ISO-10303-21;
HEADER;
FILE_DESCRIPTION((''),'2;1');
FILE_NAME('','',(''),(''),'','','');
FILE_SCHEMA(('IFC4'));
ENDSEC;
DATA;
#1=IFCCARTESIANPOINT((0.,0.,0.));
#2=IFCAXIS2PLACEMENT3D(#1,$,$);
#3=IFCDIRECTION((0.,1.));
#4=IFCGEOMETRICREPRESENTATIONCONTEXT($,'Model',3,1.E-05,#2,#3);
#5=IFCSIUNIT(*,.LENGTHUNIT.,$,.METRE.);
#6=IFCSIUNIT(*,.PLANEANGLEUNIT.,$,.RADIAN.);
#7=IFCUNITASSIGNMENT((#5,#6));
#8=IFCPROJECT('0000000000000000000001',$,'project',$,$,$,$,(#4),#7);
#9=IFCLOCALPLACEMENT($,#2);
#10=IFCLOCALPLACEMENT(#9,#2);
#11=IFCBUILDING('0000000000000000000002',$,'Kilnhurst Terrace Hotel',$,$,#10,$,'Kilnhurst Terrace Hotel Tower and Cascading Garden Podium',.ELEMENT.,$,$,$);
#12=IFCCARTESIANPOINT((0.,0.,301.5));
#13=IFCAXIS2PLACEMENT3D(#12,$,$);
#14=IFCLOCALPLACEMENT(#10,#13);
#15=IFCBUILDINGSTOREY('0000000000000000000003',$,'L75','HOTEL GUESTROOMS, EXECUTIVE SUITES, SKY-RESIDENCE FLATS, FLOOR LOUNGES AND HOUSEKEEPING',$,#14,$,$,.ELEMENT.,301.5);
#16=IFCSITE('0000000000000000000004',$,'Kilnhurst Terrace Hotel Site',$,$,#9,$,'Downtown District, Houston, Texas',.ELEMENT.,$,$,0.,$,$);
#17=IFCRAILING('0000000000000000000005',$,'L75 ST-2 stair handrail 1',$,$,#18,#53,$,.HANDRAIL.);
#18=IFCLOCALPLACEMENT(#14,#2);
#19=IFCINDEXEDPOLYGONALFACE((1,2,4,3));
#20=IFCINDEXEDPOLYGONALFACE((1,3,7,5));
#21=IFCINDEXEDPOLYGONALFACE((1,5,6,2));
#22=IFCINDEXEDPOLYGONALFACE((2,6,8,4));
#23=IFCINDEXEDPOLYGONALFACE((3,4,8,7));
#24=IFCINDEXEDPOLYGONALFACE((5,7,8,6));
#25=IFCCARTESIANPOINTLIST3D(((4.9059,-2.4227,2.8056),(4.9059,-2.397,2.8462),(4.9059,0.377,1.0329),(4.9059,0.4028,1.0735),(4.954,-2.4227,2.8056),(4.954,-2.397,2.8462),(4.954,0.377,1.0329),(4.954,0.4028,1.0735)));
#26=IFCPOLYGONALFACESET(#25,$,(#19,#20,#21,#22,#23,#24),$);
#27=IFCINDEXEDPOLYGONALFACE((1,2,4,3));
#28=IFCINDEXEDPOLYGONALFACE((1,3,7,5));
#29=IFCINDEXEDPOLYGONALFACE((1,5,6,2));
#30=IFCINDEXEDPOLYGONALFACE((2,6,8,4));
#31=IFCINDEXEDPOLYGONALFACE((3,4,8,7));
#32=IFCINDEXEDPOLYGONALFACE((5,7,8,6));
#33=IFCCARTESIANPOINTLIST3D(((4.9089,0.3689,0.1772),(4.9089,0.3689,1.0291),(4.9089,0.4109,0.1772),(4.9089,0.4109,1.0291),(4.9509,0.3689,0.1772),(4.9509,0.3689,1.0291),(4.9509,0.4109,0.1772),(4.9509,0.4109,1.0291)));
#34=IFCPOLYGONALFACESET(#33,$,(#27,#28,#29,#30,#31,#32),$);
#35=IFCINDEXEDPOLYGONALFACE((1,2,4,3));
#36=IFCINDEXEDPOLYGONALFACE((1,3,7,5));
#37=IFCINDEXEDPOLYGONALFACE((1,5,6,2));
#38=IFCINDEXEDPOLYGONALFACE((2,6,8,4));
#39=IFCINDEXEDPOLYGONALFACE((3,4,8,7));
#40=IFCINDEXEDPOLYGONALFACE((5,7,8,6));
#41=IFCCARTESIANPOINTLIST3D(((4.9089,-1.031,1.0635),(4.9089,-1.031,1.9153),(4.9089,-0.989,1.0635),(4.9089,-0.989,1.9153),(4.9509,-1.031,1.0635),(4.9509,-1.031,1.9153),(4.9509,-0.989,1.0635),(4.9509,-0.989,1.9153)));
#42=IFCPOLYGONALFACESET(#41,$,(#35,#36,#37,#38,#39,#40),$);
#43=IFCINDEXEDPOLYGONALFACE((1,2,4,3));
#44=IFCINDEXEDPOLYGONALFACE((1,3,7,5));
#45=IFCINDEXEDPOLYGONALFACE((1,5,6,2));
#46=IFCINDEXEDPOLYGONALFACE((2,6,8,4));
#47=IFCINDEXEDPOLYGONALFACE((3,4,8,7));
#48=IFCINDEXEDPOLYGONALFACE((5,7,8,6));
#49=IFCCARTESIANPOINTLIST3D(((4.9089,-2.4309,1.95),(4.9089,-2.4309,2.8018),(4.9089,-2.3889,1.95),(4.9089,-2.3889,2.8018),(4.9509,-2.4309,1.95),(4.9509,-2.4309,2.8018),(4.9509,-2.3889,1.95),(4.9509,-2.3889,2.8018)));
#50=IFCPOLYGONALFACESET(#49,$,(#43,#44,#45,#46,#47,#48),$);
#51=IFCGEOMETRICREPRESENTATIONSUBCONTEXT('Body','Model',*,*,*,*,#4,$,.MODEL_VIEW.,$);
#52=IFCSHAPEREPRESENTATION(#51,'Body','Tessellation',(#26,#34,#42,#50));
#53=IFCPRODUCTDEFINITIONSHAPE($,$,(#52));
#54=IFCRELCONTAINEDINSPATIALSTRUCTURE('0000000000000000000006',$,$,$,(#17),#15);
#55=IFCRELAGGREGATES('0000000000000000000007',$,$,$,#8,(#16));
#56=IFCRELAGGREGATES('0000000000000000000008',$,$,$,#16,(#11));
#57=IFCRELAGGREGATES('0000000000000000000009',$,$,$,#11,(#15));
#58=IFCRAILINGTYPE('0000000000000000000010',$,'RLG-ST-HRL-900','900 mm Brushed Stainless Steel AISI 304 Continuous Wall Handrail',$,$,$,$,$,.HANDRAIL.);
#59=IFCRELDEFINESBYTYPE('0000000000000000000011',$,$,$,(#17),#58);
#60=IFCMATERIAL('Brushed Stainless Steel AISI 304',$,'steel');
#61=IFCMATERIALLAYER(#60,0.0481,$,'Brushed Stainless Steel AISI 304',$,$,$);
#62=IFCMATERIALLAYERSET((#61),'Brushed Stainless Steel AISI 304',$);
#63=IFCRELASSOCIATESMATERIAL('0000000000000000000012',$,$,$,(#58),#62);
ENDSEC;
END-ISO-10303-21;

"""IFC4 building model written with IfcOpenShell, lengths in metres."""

from ifc_helpers import new_model, si_unit, direction, frame, origin, origin_2d, place, context, subcontext, project, spatial, rectangle, extrude, material, layer, layer_set, type_object, element, save


model = new_model("IFC4")

# Units and contexts
model_context = context("Model", 3, precision=1e-05, world=origin(), true_north=direction((0.0, 1.0)))
body_context = subcontext(model_context, "Body", "Model", "MODEL_VIEW")
ifc_project = project(units=[si_unit("LENGTHUNIT", "METRE"), si_unit("PLANEANGLEUNIT", "RADIAN")], contexts=[model_context])

# Site, building, storey
site_placement = place(None, origin())
site = spatial("IfcSite", under=ifc_project, at=site_placement, Name="Kilnhurst Terrace Hotel Site", LongName="Downtown District, Houston, Texas", CompositionType="ELEMENT", RefElevation=0.0)
building_placement = place(site_placement, origin())
building = spatial("IfcBuilding", under=site, at=building_placement, Name="Kilnhurst Terrace Hotel", LongName="Kilnhurst Terrace Hotel Tower and Cascading Garden Podium", CompositionType="ELEMENT")
storey_placement = place(building_placement, frame((0.0, 0.0, 301.5)))
storey = spatial("IfcBuildingStorey", under=building, at=storey_placement, Name="L75", Description="HOTEL GUESTROOMS, EXECUTIVE SUITES, SKY-RESIDENCE FLATS, FLOOR LOUNGES AND HOUSEKEEPING", CompositionType="ELEMENT", Elevation=301.5)

# Railing
ifc_material_1 = material(Name="Brushed Stainless Steel AISI 304", Category="steel")
ifc_layer_1 = layer(ifc_material_1, 0.0481, Name="Brushed Stainless Steel AISI 304")
ifc_layer_set_1 = layer_set([ifc_layer_1], Name="Brushed Stainless Steel AISI 304")
railing_type_1 = type_object("IfcRailingType", Name="RLG-ST-HRL-900", Description="900 mm Brushed Stainless Steel AISI 304 Continuous Wall Handrail", PredefinedType="HANDRAIL", material=ifc_layer_set_1)
railing_1_placement = place(storey_placement, frame((4.9299, 0.3899, 0.1772)))
element("IfcRailing", 1, at=railing_1_placement, inside=storey, type_object=railing_type_1, Name="L75 ST-2 stair handrail 1", PredefinedType="HANDRAIL", context=body_context, shape_type="SweptSolid", body=[
    extrude(rectangle(XDim=0.0481, YDim=0.0481, at=origin_2d()), frame((0.0, 0.0, 0.876), z_axis=(0.0, -0.844888, 0.534943), x_axis=(1.0, 0.0, 0.0)), (0.0, 0.0, 1.0), 3.3137),
    extrude(rectangle(XDim=0.042, YDim=0.042, at=origin_2d()), origin(), (0.0, 0.0, 1.0), 0.8518),
    extrude(rectangle(XDim=0.042, YDim=0.042, at=origin_2d()), frame((0.0, -1.3999, 0.8862)), (0.0, 0.0, 1.0), 0.8518),
    extrude(rectangle(XDim=0.042, YDim=0.042, at=origin_2d()), frame((0.0, -2.7998, 1.7727)), (0.0, 0.0, 1.0), 0.8518),
])

save(model, "model.ifc")
